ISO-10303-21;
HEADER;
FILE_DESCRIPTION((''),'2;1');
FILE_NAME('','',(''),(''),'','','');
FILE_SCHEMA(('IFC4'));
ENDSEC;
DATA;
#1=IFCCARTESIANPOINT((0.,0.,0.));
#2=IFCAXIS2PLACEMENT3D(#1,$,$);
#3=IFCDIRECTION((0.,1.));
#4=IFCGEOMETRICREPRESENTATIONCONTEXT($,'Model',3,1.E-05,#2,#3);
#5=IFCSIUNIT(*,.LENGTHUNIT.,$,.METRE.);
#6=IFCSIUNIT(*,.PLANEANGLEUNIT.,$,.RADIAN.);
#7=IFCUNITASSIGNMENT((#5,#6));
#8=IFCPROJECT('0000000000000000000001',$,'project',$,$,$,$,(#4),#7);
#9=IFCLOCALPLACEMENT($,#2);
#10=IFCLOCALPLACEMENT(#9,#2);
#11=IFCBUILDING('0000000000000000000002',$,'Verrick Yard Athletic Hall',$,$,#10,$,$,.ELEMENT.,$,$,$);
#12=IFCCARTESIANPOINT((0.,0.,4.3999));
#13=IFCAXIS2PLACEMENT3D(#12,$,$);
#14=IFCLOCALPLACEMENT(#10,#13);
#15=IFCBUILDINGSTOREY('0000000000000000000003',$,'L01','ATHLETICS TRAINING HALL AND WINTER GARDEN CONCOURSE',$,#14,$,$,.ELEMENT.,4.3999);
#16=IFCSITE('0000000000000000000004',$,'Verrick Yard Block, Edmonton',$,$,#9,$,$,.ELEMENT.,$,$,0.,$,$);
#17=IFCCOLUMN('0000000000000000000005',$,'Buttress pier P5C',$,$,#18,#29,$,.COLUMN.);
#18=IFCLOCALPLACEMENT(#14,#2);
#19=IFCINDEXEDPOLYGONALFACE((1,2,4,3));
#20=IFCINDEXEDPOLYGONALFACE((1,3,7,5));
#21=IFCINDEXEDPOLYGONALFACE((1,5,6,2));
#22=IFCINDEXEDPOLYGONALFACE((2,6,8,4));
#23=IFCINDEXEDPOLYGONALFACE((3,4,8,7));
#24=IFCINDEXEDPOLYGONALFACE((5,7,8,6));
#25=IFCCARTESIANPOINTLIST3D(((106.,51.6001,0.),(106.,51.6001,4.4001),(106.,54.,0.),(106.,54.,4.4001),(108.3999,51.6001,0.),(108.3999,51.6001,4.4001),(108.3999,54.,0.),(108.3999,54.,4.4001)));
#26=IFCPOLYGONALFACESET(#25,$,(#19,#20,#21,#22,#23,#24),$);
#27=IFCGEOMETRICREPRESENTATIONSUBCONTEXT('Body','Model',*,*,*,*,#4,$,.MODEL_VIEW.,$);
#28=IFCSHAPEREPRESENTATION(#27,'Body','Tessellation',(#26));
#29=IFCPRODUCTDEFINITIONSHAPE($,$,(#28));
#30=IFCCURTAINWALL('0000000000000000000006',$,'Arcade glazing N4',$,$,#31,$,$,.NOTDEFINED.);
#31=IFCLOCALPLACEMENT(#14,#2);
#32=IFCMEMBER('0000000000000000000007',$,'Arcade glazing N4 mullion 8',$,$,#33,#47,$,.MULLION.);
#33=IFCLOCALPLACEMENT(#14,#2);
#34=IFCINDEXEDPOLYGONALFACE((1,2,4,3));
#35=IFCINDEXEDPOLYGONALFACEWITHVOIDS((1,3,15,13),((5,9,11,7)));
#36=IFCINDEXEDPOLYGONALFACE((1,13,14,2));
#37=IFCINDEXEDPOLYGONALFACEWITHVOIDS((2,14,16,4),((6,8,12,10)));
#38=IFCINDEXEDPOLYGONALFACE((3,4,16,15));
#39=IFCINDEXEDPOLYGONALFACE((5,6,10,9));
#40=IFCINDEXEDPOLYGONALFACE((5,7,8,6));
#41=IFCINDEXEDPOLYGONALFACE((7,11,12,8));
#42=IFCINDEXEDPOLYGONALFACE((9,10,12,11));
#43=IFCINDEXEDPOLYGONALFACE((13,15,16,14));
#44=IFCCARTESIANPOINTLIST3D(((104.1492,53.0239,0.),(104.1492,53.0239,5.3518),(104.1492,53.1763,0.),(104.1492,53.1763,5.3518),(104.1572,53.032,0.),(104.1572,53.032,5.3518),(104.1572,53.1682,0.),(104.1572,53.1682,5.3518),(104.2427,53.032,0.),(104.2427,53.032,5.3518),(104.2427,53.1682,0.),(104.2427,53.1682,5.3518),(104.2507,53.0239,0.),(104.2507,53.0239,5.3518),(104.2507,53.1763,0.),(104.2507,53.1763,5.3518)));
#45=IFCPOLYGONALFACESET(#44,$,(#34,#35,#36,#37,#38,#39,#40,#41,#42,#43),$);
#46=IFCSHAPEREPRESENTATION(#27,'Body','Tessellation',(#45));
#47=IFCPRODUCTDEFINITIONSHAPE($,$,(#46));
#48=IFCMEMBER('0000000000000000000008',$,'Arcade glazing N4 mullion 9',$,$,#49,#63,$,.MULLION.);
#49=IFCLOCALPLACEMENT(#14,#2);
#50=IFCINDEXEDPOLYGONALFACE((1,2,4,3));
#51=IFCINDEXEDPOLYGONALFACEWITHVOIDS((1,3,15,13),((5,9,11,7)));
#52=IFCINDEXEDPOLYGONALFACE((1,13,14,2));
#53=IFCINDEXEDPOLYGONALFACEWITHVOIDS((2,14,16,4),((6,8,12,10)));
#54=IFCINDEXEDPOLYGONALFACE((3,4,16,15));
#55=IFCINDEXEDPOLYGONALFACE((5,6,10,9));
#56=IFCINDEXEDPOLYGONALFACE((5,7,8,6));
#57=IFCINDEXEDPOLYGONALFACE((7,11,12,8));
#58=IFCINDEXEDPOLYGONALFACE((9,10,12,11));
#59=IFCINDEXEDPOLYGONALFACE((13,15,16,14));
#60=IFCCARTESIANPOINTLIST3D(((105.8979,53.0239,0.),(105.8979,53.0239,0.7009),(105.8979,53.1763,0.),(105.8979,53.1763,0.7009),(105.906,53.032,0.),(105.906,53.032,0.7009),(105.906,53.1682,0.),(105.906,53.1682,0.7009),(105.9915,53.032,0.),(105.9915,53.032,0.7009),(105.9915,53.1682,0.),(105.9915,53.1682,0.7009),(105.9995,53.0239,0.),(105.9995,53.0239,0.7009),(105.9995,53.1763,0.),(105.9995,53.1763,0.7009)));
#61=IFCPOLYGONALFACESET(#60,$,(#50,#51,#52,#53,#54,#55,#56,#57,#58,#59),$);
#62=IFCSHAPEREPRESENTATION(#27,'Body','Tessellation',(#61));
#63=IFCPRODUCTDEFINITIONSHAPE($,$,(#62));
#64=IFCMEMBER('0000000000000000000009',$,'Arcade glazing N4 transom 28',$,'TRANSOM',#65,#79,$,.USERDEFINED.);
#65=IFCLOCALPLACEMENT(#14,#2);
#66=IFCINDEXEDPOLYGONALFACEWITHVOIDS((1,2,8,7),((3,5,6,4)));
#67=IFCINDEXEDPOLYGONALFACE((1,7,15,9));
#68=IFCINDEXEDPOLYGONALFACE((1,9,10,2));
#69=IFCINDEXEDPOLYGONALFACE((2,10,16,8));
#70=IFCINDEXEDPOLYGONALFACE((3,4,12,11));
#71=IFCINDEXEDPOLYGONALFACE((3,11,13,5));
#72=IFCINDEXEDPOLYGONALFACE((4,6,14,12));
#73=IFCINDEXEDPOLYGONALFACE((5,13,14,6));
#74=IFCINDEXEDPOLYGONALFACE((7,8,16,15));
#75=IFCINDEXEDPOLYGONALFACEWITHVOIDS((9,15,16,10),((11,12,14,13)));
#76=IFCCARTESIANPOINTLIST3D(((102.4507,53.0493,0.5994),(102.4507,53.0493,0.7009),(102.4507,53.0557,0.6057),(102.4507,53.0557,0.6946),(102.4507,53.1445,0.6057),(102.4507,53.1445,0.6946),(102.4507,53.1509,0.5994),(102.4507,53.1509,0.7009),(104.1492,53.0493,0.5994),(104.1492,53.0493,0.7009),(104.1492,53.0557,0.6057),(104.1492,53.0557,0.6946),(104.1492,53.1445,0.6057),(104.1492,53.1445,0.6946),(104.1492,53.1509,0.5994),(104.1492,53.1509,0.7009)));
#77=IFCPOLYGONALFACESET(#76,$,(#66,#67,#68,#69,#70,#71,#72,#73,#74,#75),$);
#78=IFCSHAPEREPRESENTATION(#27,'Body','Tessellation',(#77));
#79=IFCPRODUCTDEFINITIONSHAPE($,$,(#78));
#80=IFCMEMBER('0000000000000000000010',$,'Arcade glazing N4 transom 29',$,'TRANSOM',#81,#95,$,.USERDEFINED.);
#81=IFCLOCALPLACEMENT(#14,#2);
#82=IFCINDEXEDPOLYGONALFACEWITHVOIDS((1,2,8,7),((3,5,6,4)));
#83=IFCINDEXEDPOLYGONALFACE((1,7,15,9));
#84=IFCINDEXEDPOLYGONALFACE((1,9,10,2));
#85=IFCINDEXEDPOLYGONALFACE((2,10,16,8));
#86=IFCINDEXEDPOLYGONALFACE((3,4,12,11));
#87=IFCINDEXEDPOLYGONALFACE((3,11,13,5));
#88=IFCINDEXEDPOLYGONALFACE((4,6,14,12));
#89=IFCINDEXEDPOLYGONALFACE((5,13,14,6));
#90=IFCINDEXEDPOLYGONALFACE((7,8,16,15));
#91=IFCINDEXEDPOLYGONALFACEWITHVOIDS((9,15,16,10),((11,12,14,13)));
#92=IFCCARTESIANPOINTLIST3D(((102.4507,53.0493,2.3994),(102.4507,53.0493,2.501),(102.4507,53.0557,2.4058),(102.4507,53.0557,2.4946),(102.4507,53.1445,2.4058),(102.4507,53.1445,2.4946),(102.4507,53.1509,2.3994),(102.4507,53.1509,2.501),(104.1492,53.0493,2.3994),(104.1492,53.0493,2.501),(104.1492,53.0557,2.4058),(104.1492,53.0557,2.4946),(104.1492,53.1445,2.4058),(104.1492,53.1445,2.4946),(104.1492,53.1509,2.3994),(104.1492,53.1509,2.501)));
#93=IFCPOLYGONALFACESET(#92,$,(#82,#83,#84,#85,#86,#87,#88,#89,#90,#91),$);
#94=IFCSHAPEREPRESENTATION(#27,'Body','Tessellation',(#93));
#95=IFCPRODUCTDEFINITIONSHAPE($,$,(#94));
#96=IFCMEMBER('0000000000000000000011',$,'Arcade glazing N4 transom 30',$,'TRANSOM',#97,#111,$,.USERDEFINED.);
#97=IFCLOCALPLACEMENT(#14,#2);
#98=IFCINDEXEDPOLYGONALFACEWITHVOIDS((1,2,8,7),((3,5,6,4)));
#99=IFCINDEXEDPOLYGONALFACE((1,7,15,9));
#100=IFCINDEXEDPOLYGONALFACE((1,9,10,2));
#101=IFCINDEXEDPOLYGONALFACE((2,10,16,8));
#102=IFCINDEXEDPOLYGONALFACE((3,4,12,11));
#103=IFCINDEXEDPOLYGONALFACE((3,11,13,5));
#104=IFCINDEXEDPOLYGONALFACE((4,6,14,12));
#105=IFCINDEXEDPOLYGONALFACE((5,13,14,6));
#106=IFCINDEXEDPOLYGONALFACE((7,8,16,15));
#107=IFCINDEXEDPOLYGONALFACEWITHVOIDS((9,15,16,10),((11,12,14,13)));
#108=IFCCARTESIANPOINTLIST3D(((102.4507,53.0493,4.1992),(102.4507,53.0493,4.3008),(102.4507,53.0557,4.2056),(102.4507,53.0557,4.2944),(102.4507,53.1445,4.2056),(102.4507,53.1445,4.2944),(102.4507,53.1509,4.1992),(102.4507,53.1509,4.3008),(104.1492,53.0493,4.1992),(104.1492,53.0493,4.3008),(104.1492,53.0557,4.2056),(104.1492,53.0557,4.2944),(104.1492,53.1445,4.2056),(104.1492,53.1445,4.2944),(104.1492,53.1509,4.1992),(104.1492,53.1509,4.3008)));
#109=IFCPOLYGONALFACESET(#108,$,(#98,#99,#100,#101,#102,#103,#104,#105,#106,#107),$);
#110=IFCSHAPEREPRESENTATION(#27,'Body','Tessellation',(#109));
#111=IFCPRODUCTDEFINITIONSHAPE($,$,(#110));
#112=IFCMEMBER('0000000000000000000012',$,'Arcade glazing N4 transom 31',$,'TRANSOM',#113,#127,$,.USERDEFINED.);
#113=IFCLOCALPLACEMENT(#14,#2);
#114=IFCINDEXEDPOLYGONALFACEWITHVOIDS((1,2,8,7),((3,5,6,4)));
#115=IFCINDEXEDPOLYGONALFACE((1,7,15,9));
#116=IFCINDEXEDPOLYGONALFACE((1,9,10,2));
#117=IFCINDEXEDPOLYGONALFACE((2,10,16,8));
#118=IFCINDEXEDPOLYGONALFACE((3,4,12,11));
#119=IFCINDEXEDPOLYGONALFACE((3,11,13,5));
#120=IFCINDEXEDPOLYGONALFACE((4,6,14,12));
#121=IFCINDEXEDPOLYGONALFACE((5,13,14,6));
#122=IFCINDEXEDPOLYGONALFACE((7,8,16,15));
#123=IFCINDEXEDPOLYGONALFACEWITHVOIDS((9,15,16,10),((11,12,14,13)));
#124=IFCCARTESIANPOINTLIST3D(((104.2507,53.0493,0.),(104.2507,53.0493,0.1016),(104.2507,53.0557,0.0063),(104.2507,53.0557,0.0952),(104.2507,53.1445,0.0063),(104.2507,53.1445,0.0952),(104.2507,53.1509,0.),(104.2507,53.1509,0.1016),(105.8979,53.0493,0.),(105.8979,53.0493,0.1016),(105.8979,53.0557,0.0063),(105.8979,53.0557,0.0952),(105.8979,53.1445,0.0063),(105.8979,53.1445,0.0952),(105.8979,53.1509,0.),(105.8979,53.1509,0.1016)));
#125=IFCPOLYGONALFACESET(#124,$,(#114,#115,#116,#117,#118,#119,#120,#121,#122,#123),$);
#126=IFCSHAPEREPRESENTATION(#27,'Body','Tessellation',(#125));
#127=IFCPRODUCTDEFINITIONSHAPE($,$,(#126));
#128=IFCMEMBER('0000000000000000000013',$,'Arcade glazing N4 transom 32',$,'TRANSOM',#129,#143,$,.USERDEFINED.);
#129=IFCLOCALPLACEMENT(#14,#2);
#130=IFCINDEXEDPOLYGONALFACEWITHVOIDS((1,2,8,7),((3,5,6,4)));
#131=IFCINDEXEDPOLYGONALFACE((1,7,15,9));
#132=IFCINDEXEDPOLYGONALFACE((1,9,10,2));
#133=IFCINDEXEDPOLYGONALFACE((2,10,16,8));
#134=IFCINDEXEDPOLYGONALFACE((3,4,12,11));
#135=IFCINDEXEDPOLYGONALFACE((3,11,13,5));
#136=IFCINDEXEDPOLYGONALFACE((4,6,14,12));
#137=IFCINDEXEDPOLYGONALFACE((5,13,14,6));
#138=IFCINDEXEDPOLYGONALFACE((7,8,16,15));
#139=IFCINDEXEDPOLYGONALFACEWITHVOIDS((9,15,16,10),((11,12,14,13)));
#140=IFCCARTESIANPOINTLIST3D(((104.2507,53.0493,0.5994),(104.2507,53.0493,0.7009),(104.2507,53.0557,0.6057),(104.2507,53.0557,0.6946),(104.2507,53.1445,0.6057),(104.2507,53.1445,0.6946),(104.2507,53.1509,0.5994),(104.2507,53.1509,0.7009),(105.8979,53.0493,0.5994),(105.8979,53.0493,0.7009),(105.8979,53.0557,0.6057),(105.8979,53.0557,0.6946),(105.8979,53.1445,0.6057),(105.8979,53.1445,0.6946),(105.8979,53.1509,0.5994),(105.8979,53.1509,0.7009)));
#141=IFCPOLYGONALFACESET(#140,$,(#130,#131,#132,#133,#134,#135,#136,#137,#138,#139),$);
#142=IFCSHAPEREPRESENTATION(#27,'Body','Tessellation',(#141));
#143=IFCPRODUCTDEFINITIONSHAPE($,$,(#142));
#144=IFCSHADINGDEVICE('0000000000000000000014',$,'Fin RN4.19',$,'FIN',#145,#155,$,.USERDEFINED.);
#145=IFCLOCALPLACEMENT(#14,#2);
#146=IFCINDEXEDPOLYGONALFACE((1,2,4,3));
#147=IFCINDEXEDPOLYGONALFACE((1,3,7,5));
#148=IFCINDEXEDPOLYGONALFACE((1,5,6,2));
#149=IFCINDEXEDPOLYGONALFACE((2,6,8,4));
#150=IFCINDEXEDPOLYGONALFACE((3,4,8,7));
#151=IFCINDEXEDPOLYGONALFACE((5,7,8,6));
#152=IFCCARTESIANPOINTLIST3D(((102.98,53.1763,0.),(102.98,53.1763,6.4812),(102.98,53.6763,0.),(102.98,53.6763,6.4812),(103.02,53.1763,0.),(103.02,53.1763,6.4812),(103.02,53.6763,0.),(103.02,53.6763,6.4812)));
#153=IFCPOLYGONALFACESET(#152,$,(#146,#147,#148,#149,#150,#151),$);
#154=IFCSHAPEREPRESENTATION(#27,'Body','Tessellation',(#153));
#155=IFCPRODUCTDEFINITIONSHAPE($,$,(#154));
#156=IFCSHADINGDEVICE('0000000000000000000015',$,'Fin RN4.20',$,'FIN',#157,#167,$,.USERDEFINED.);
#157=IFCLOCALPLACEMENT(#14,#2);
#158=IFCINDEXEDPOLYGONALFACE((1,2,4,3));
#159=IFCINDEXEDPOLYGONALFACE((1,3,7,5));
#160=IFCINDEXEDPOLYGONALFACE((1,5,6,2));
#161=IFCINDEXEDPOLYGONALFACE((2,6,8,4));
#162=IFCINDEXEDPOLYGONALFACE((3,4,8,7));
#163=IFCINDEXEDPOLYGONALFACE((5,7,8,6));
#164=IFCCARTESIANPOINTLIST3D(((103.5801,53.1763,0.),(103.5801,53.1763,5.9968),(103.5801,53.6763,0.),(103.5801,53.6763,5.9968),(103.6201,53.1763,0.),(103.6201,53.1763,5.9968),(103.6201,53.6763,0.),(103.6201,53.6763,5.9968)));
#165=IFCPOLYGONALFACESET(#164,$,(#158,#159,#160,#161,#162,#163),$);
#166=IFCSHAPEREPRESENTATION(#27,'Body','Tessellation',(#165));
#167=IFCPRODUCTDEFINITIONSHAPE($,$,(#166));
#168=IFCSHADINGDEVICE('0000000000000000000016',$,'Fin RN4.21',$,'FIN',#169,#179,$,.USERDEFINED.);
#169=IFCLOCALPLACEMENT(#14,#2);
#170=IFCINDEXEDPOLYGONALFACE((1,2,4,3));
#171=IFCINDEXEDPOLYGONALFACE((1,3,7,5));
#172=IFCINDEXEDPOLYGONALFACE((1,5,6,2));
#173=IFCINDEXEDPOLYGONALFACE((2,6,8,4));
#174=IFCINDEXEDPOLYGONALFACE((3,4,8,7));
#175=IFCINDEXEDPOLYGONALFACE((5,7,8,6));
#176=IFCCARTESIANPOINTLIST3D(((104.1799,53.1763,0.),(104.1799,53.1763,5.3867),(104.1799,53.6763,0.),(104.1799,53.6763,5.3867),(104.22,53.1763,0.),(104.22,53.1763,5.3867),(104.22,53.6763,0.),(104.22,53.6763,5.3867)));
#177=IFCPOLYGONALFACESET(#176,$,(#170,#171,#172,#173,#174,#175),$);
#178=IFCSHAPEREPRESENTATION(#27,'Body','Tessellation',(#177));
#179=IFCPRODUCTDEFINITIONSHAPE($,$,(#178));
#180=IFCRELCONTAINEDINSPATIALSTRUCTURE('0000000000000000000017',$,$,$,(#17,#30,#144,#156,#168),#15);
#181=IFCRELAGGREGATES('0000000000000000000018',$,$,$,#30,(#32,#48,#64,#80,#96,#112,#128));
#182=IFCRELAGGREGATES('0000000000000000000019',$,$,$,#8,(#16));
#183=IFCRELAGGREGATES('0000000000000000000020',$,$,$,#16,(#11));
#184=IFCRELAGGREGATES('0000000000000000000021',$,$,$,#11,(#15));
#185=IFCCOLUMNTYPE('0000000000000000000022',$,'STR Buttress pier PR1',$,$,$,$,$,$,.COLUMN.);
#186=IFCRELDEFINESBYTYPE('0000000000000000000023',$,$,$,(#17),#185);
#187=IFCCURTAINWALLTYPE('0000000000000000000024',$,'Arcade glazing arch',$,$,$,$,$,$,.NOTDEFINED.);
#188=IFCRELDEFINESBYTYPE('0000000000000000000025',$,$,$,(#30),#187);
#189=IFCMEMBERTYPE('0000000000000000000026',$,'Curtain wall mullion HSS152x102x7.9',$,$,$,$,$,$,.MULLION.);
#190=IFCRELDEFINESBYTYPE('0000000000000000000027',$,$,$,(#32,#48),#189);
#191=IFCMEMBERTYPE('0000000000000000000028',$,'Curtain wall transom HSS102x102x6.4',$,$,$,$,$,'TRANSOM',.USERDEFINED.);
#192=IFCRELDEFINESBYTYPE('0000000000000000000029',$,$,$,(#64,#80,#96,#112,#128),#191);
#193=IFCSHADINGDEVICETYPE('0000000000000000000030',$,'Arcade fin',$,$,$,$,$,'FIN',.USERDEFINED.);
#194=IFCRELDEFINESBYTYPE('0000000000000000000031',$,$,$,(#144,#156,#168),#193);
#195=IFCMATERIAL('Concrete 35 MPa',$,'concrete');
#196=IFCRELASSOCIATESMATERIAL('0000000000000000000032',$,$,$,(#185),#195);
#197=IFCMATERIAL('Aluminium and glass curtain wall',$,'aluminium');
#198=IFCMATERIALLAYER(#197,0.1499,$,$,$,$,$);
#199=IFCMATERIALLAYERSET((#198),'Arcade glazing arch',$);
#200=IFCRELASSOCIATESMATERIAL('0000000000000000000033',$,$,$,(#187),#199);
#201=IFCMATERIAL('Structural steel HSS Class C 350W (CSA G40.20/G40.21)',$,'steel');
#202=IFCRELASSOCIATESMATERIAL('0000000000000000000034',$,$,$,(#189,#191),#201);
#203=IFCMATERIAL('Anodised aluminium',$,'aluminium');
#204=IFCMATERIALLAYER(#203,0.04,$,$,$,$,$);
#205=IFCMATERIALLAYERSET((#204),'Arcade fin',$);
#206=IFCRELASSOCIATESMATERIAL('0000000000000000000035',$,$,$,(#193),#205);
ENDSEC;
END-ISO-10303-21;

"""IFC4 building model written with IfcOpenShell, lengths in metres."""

from ifc_helpers import new_model, si_unit, direction, frame, origin, origin_2d, place, context, subcontext, project, spatial, polyline, rectangle, hollow_rectangle, outline, extrude, material, layer, layer_set, material_profile, profile_set, type_object, element, aggregate, save


model = new_model("IFC4")

# Units and contexts
model_context = context("Model", 3, precision=1e-05, world=origin(), true_north=direction((0.0, 1.0)))
body_context = subcontext(model_context, "Body", "Model", "MODEL_VIEW")
ifc_project = project(units=[si_unit("LENGTHUNIT", "METRE"), si_unit("PLANEANGLEUNIT", "RADIAN")], contexts=[model_context])

# Site, building, storey
site_placement = place(None, origin())
site = spatial("IfcSite", under=ifc_project, at=site_placement, Name="Verrick Yard Block, Edmonton", CompositionType="ELEMENT", RefElevation=0.0)
building_placement = place(site_placement, origin())
building = spatial("IfcBuilding", under=site, at=building_placement, Name="Verrick Yard Athletic Hall", CompositionType="ELEMENT")
storey_placement = place(building_placement, frame((0.0, 0.0, 4.3999)))
storey = spatial("IfcBuildingStorey", under=building, at=storey_placement, Name="L01", Description="ATHLETICS TRAINING HALL AND WINTER GARDEN CONCOURSE", CompositionType="ELEMENT", Elevation=4.3999)

# Column
ifc_material_1 = material(Name="Concrete 35 MPa", Category="concrete")
ifc_material_profile_1 = material_profile(ifc_material_1, rectangle(XDim=2.3999, YDim=2.3999, at=origin_2d()), Name="STR Buttress pier PR1")
ifc_profile_set_1 = profile_set([ifc_material_profile_1], Name="Concrete 35 MPa")
column_type = type_object("IfcColumnType", Name="STR Buttress pier PR1", PredefinedType="COLUMN", material=ifc_profile_set_1)
column_placement = place(storey_placement, frame((107.2, 52.8, 0.0), z_axis=(0.0, 0.0, 1.0), x_axis=(1.0, 0.0, 0.0)))
element("IfcColumn", 1, at=column_placement, inside=storey, type_object=column_type, Name="Buttress pier P5C", PredefinedType="COLUMN", context=body_context, shape_type="SweptSolid", body=[
    extrude(rectangle(XDim=2.3999, YDim=2.3999, at=origin_2d()), origin(), (0.0, 0.0, 1.0), 4.4001),
])

# Curtain wall, members
ifc_material_2 = material(Name="Aluminium and glass curtain wall", Category="aluminium")
ifc_layer_1 = layer(ifc_material_2, 0.1499)
ifc_layer_set_1 = layer_set([ifc_layer_1], Name="Arcade glazing arch")
curtain_wall_type = type_object("IfcCurtainWallType", Name="Arcade glazing arch", PredefinedType="NOTDEFINED", material=ifc_layer_set_1)
curtain_wall_1_placement = place(storey_placement, origin())
curtain_wall_1 = element("IfcCurtainWall", 2, at=curtain_wall_1_placement, inside=storey, type_object=curtain_wall_type, Name="Arcade glazing N4", PredefinedType="NOTDEFINED")
ifc_material_3 = material(Name="Structural steel HSS Class C 350W (CSA G40.20/G40.21)", Category="steel")
ifc_material_profile_2 = material_profile(ifc_material_3, hollow_rectangle(XDim=0.1016, YDim=0.1523, WallThickness=0.0081, at=origin_2d()), Name="HSS152x102x7.9")
ifc_profile_set_2 = profile_set([ifc_material_profile_2], Name="Structural steel HSS Class C 350W (CSA G40.20/G40.21)")
member_type_1 = type_object("IfcMemberType", Name="Curtain wall mullion HSS152x102x7.9", PredefinedType="MULLION", material=ifc_profile_set_2)
member_1_placement = place(storey_placement, frame((104.2, 53.1001, 0.0), z_axis=(0.0, 0.0, 1.0), x_axis=(1.0, 0.0, 0.0)))
member_1 = element("IfcMember", 3, at=member_1_placement, type_object=member_type_1, Name="Arcade glazing N4 mullion 8", PredefinedType="MULLION", context=body_context, shape_type="SweptSolid", body=[
    extrude(hollow_rectangle(XDim=0.1016, YDim=0.1523, WallThickness=0.0081, at=origin_2d()), origin(), (0.0, 0.0, 1.0), 5.3518),
])
member_2_placement = place(storey_placement, frame((105.9487, 53.1001, 0.0), z_axis=(0.0, 0.0, 1.0), x_axis=(1.0, 0.0, 0.0)))
member_2 = element("IfcMember", 4, at=member_2_placement, type_object=member_type_1, Name="Arcade glazing N4 mullion 9", PredefinedType="MULLION", context=body_context, shape_type="SweptSolid", body=[
    extrude(hollow_rectangle(XDim=0.1016, YDim=0.1523, WallThickness=0.0081, at=origin_2d()), origin(), (0.0, 0.0, 1.0), 0.7009),
])
ifc_material_profile_3 = material_profile(ifc_material_3, hollow_rectangle(XDim=0.1016, YDim=0.1016, WallThickness=0.0063, at=origin_2d()), Name="HSS102x102x6.4")
ifc_profile_set_3 = profile_set([ifc_material_profile_3], Name="Structural steel HSS Class C 350W (CSA G40.20/G40.21)")
member_type_2 = type_object("IfcMemberType", Name="Curtain wall transom HSS102x102x6.4", ElementType="TRANSOM", PredefinedType="USERDEFINED", material=ifc_profile_set_3)
member_3_placement = place(storey_placement, frame((102.4507, 53.1001, 0.6501), z_axis=(1.0, 0.0, 0.0), x_axis=(0.0, 1.0, 0.0)))
member_3 = element("IfcMember", 5, at=member_3_placement, type_object=member_type_2, Name="Arcade glazing N4 transom 28", ObjectType="TRANSOM", PredefinedType="USERDEFINED", context=body_context, shape_type="SweptSolid", body=[
    extrude(hollow_rectangle(XDim=0.1016, YDim=0.1016, WallThickness=0.0063, at=origin_2d()), origin(), (0.0, 0.0, 1.0), 1.6985),
])
member_4_placement = place(storey_placement, frame((102.4507, 53.1001, 2.4502), z_axis=(1.0, 0.0, 0.0), x_axis=(0.0, 1.0, 0.0)))
member_4 = element("IfcMember", 6, at=member_4_placement, type_object=member_type_2, Name="Arcade glazing N4 transom 29", ObjectType="TRANSOM", PredefinedType="USERDEFINED", context=body_context, shape_type="SweptSolid", body=[
    extrude(hollow_rectangle(XDim=0.1016, YDim=0.1016, WallThickness=0.0063, at=origin_2d()), origin(), (0.0, 0.0, 1.0), 1.6985),
])
member_5_placement = place(storey_placement, frame((102.4507, 53.1001, 4.25), z_axis=(1.0, 0.0, 0.0), x_axis=(0.0, 1.0, 0.0)))
member_5 = element("IfcMember", 7, at=member_5_placement, type_object=member_type_2, Name="Arcade glazing N4 transom 30", ObjectType="TRANSOM", PredefinedType="USERDEFINED", context=body_context, shape_type="SweptSolid", body=[
    extrude(hollow_rectangle(XDim=0.1016, YDim=0.1016, WallThickness=0.0063, at=origin_2d()), origin(), (0.0, 0.0, 1.0), 1.6985),
])
member_6_placement = place(storey_placement, frame((104.2507, 53.1001, 0.0508), z_axis=(1.0, 0.0, 0.0), x_axis=(0.0, 1.0, 0.0)))
member_6 = element("IfcMember", 8, at=member_6_placement, type_object=member_type_2, Name="Arcade glazing N4 transom 31", ObjectType="TRANSOM", PredefinedType="USERDEFINED", context=body_context, shape_type="SweptSolid", body=[
    extrude(hollow_rectangle(XDim=0.1016, YDim=0.1016, WallThickness=0.0063, at=origin_2d()), origin(), (0.0, 0.0, 1.0), 1.6472),
])
member_7_placement = place(storey_placement, frame((104.2507, 53.1001, 0.6501), z_axis=(1.0, 0.0, 0.0), x_axis=(0.0, 1.0, 0.0)))
member_7 = element("IfcMember", 9, at=member_7_placement, type_object=member_type_2, Name="Arcade glazing N4 transom 32", ObjectType="TRANSOM", PredefinedType="USERDEFINED", context=body_context, shape_type="SweptSolid", body=[
    extrude(hollow_rectangle(XDim=0.1016, YDim=0.1016, WallThickness=0.0063, at=origin_2d()), origin(), (0.0, 0.0, 1.0), 1.6472),
])
aggregate(curtain_wall_1, [member_1, member_2, member_3, member_4, member_5, member_6, member_7])

# Shading devices
ifc_material_4 = material(Name="Anodised aluminium", Category="aluminium")
ifc_layer_2 = layer(ifc_material_4, 0.04)
ifc_layer_set_2 = layer_set([ifc_layer_2], Name="Arcade fin")
shading_device_type = type_object("IfcShadingDeviceType", Name="Arcade fin", ElementType="FIN", PredefinedType="USERDEFINED", material=ifc_layer_set_2)
shading_device_1_placement = place(storey_placement, frame((103.0, 53.1763, 0.0), z_axis=(0.0, 0.0, 1.0), x_axis=(0.0, 1.0, 0.0)))
element("IfcShadingDevice", 10, at=shading_device_1_placement, inside=storey, type_object=shading_device_type, Name="Fin RN4.19", ObjectType="FIN", PredefinedType="USERDEFINED", context=body_context, shape_type="SweptSolid", body=[
    extrude(outline(polyline([(0.0, 0.0), (0.5, 0.0), (0.5, 6.4812), (0.0, 6.4812), (0.0, 0.0)])), frame((0.0, 0.02, 0.0), z_axis=(0.0, -1.0, 0.0), x_axis=(1.0, 0.0, 0.0)), (0.0, 0.0, 1.0), 0.04),
])
shading_device_2_placement = place(storey_placement, frame((103.6001, 53.1763, 0.0), z_axis=(0.0, 0.0, 1.0), x_axis=(0.0, 1.0, 0.0)))
element("IfcShadingDevice", 11, at=shading_device_2_placement, inside=storey, type_object=shading_device_type, Name="Fin RN4.20", ObjectType="FIN", PredefinedType="USERDEFINED", context=body_context, shape_type="SweptSolid", body=[
    extrude(outline(polyline([(0.0, 0.0), (0.5, 0.0), (0.5, 5.9968), (0.0, 5.9968), (0.0, 0.0)])), frame((0.0, 0.02, 0.0), z_axis=(0.0, -1.0, 0.0), x_axis=(1.0, 0.0, 0.0)), (0.0, 0.0, 1.0), 0.04),
])
shading_device_3_placement = place(storey_placement, frame((104.2, 53.1763, 0.0), z_axis=(0.0, 0.0, 1.0), x_axis=(0.0, 1.0, 0.0)))
element("IfcShadingDevice", 12, at=shading_device_3_placement, inside=storey, type_object=shading_device_type, Name="Fin RN4.21", ObjectType="FIN", PredefinedType="USERDEFINED", context=body_context, shape_type="SweptSolid", body=[
    extrude(outline(polyline([(0.0, 0.0), (0.5, 0.0), (0.5, 5.3867), (0.0, 5.3867), (0.0, 0.0)])), frame((0.0, 0.02, 0.0), z_axis=(0.0, -1.0, 0.0), x_axis=(1.0, 0.0, 0.0)), (0.0, 0.0, 1.0), 0.04),
])

save(model, "model.ifc")
